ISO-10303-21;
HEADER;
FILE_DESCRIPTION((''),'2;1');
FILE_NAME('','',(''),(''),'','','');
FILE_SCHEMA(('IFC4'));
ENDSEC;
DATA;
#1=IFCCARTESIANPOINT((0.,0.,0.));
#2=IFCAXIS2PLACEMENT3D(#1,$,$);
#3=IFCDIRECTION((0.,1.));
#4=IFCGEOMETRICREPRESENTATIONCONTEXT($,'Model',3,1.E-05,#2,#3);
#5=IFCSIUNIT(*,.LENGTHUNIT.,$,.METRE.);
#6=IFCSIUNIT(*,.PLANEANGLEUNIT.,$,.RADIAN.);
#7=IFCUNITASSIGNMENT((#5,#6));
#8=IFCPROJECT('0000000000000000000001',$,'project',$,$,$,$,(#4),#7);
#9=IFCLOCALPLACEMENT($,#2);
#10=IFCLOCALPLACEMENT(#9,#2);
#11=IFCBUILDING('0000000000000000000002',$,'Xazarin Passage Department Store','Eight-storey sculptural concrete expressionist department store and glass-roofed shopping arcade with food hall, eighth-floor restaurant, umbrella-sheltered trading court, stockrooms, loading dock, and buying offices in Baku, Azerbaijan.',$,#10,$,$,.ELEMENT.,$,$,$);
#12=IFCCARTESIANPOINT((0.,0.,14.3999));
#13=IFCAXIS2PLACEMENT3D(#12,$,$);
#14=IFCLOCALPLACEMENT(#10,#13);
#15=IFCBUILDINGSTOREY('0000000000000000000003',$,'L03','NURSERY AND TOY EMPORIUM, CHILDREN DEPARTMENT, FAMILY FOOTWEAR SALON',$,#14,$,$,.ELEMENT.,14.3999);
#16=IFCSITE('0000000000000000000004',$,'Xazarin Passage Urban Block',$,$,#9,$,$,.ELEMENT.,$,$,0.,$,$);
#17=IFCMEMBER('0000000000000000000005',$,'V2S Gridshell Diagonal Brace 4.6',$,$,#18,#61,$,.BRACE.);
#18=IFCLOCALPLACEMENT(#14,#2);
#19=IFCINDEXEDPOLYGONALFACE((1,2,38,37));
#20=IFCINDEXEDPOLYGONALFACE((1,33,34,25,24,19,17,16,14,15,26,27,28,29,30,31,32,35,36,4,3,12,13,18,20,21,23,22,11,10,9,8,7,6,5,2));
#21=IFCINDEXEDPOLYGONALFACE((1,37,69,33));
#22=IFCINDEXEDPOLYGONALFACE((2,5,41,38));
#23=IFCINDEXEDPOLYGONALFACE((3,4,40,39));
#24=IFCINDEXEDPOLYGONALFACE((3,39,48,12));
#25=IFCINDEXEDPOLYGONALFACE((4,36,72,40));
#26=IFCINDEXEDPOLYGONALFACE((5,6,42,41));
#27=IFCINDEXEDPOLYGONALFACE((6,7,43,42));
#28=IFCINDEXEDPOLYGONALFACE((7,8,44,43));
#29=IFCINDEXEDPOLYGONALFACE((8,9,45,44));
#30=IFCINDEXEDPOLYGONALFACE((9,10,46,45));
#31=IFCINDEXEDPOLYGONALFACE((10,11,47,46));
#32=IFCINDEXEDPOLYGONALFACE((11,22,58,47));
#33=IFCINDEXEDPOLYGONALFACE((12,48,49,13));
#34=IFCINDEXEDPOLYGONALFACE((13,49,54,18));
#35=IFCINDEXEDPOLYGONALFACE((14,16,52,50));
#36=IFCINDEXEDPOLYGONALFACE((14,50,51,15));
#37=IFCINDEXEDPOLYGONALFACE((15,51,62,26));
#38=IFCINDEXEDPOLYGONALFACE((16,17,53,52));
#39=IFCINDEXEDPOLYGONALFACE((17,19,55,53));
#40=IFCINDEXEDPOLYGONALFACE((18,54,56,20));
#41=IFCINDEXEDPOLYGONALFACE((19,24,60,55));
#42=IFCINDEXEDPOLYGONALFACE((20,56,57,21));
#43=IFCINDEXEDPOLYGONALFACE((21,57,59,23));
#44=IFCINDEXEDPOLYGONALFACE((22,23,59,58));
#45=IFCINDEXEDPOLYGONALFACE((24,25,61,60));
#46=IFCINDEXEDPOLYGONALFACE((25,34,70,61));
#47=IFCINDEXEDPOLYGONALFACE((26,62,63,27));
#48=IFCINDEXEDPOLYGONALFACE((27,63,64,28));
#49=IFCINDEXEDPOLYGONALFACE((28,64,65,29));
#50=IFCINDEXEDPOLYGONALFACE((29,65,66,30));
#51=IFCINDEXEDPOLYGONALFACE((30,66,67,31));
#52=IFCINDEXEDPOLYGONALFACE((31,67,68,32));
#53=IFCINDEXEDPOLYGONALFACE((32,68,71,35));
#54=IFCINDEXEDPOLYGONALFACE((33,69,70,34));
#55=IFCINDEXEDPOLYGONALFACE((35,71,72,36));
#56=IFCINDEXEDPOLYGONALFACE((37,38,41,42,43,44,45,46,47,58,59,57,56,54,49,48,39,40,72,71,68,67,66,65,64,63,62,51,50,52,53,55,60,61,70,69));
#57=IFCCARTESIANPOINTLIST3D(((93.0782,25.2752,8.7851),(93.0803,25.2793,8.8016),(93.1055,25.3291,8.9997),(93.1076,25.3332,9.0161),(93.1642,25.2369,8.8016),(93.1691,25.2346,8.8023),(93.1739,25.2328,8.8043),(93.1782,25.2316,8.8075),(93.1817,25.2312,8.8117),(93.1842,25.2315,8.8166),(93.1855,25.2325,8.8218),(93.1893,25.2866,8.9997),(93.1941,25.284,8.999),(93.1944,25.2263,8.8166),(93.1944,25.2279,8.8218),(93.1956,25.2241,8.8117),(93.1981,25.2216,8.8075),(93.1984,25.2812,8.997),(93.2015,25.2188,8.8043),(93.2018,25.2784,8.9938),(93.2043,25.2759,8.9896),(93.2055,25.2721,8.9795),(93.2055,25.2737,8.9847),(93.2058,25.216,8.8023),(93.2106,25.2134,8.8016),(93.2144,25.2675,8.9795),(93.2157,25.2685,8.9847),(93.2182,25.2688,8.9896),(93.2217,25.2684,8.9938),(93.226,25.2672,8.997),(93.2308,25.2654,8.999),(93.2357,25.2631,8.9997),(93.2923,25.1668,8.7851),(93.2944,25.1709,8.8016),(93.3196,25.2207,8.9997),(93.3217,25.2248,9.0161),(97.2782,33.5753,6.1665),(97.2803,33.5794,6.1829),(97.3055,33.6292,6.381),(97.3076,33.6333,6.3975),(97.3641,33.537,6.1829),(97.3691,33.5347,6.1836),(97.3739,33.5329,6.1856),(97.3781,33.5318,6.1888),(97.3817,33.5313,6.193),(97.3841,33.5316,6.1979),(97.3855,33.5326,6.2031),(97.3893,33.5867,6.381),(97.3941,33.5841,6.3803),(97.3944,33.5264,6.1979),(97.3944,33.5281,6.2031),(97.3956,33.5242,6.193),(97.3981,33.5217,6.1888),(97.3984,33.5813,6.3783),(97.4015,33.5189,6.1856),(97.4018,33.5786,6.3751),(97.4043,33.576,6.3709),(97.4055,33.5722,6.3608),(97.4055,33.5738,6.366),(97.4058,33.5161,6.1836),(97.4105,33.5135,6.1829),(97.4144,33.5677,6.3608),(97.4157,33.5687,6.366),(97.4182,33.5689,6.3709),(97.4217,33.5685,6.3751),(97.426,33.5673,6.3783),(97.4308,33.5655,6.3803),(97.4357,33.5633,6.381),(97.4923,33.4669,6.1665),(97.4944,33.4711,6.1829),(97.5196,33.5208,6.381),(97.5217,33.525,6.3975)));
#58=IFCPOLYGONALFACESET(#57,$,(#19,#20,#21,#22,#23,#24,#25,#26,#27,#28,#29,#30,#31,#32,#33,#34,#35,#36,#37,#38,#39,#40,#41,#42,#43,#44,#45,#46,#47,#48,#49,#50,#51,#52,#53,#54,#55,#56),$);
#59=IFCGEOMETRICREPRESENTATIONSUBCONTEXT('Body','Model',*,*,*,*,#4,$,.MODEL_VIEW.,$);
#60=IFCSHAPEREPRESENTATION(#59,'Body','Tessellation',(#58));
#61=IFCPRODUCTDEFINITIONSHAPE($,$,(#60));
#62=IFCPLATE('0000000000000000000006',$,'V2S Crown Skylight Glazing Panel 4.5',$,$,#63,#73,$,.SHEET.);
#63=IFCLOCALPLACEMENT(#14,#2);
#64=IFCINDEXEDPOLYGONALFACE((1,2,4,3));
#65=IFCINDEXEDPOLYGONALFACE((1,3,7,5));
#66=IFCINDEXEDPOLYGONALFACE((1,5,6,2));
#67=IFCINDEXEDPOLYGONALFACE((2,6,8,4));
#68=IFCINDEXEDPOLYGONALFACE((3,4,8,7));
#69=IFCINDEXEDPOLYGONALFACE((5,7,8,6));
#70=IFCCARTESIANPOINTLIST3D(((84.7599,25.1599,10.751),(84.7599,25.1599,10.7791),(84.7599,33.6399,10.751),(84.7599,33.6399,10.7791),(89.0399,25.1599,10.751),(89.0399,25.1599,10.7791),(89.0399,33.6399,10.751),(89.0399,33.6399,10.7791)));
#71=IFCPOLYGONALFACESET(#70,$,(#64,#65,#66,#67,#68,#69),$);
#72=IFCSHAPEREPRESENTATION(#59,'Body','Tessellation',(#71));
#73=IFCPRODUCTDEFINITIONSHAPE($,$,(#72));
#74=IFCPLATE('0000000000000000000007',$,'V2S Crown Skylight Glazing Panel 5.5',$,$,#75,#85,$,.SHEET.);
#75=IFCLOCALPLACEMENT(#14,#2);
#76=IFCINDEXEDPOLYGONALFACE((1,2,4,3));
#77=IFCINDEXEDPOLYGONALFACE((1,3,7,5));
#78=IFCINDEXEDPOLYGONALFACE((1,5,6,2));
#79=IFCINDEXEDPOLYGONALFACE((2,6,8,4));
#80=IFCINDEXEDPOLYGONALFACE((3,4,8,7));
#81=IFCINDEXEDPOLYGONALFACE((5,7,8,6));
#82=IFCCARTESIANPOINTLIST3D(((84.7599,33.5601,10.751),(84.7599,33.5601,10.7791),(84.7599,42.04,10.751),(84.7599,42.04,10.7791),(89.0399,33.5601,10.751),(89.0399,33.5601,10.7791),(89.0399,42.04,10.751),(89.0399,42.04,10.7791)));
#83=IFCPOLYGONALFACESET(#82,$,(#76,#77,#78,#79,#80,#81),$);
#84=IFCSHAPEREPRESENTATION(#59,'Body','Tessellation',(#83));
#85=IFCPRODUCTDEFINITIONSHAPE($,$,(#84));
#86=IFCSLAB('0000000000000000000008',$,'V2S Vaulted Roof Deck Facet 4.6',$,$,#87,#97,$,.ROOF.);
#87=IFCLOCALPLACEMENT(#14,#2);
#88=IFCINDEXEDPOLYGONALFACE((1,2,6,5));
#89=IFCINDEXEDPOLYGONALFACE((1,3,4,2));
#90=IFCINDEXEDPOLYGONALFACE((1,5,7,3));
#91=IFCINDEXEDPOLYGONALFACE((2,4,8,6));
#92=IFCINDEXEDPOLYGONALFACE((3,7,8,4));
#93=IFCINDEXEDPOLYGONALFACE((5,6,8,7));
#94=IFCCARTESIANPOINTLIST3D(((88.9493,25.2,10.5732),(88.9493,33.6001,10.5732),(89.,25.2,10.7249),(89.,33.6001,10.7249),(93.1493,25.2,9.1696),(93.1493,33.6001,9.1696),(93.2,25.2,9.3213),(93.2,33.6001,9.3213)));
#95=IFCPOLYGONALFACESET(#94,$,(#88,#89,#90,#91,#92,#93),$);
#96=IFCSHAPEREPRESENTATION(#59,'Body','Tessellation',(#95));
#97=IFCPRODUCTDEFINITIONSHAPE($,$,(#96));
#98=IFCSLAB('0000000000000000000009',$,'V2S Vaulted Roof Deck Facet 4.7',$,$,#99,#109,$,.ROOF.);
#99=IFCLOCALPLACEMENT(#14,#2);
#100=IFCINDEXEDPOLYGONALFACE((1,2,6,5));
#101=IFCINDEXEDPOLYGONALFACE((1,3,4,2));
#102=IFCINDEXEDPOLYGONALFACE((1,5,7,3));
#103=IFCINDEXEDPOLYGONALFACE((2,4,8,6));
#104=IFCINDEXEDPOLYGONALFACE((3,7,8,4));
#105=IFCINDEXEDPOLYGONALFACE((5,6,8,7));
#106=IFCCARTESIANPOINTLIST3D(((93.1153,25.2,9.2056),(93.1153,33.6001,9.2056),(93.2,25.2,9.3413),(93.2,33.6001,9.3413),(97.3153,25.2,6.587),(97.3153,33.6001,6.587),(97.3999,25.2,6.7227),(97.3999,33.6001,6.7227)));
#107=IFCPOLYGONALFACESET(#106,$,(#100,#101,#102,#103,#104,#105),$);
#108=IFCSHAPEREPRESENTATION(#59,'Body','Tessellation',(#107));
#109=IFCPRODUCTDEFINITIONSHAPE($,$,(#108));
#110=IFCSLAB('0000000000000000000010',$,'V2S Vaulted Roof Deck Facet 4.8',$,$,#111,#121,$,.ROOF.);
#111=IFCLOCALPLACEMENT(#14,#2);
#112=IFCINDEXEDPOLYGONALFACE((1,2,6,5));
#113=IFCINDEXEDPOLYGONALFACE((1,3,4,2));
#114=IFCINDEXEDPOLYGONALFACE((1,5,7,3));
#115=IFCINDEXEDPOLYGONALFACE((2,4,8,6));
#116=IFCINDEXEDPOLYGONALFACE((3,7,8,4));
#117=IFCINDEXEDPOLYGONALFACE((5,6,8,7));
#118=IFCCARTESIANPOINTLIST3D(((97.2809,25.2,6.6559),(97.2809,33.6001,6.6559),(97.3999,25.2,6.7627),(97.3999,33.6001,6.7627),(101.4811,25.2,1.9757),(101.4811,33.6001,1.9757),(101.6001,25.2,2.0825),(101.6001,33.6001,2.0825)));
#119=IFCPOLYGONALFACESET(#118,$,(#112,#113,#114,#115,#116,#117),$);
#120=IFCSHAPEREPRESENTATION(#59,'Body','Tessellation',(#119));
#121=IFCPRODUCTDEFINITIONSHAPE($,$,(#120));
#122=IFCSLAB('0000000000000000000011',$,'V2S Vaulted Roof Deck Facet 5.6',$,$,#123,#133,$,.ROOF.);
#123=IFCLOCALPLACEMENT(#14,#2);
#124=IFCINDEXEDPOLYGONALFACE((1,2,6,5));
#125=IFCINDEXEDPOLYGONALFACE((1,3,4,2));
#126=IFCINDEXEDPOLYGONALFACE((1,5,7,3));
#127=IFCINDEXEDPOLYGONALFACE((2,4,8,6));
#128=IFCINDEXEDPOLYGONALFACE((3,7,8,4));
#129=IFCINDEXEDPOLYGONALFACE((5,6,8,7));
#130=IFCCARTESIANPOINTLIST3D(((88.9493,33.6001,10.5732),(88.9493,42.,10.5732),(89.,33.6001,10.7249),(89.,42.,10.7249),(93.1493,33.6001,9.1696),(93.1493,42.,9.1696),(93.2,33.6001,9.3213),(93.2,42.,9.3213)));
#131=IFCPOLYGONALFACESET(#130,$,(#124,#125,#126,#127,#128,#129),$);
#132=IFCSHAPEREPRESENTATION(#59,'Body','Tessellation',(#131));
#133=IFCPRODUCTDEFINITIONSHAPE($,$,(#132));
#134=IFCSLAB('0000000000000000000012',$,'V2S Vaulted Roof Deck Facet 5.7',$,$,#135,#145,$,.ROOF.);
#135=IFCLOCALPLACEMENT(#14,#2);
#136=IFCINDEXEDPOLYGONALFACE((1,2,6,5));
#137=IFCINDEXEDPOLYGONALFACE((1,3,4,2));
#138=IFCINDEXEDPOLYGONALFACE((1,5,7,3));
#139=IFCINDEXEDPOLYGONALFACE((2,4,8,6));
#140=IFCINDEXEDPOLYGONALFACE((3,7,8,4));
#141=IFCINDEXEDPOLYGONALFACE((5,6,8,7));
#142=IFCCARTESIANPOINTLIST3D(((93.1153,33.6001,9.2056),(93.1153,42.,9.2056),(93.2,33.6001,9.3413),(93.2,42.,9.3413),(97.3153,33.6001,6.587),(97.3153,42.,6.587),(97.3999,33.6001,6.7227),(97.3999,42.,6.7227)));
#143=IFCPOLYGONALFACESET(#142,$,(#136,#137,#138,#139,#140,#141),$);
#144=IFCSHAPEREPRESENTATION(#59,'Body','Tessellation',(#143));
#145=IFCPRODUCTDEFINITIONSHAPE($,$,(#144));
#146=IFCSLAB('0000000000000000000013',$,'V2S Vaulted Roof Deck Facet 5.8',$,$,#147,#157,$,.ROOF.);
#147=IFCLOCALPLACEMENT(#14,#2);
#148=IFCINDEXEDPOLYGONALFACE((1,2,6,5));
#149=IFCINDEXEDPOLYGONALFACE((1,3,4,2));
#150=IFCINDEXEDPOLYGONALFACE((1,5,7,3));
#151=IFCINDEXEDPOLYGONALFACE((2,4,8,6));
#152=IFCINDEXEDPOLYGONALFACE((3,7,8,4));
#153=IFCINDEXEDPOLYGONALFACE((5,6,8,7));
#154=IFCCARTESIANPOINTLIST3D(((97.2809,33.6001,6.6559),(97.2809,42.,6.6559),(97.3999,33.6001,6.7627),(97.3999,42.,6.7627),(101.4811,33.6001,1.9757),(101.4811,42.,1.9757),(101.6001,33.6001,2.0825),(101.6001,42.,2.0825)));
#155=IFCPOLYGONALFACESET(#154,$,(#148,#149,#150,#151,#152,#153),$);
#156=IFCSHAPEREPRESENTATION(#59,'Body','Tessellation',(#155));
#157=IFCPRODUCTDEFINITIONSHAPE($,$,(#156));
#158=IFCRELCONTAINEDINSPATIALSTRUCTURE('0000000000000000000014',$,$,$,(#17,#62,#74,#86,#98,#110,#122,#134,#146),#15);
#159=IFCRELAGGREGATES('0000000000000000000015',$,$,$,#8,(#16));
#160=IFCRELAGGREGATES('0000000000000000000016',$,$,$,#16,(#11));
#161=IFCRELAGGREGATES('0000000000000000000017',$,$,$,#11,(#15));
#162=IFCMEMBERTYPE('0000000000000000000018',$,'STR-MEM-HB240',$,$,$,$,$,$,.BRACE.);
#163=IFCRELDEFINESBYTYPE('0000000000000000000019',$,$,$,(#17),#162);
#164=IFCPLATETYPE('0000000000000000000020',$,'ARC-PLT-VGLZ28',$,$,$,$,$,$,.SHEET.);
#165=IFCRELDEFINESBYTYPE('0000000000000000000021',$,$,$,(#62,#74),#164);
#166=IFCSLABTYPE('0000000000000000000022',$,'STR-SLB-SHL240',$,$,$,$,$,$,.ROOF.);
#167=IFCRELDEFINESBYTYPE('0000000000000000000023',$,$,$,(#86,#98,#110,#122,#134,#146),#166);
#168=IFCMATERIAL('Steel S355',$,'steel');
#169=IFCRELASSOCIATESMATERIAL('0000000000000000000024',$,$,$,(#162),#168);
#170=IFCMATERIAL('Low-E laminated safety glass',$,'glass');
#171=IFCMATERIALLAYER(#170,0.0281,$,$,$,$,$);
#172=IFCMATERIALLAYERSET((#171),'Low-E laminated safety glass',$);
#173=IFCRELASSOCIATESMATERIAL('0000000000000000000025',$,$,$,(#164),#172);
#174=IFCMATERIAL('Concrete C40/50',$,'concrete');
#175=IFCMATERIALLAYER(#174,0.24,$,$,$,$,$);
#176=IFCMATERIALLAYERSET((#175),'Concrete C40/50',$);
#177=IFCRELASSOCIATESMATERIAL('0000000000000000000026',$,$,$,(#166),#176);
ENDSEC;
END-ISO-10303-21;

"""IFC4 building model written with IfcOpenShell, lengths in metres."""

from ifc_helpers import new_model, si_unit, direction, frame, origin, origin_2d, place, context, subcontext, project, spatial, polyline, rectangle, i_section, outline, extrude, material, layer, layer_set, material_profile, profile_set, type_object, element, save


model = new_model("IFC4")

# Units and contexts
model_context = context("Model", 3, precision=1e-05, world=origin(), true_north=direction((0.0, 1.0)))
body_context = subcontext(model_context, "Body", "Model", "MODEL_VIEW")
ifc_project = project(units=[si_unit("LENGTHUNIT", "METRE"), si_unit("PLANEANGLEUNIT", "RADIAN")], contexts=[model_context])

# Site, building, storey
site_placement = place(None, origin())
site = spatial("IfcSite", under=ifc_project, at=site_placement, Name="Xazarin Passage Urban Block", CompositionType="ELEMENT", RefElevation=0.0)
building_placement = place(site_placement, origin())
building = spatial("IfcBuilding", under=site, at=building_placement, Name="Xazarin Passage Department Store", Description="Eight-storey sculptural concrete expressionist department store and glass-roofed shopping arcade with food hall, eighth-floor restaurant, umbrella-sheltered trading court, stockrooms, loading dock, and buying offices in Baku, Azerbaijan.", CompositionType="ELEMENT")
storey_placement = place(building_placement, frame((0.0, 0.0, 14.3999)))
storey = spatial("IfcBuildingStorey", under=building, at=storey_placement, Name="L03", Description="NURSERY AND TOY EMPORIUM, CHILDREN DEPARTMENT, FAMILY FOOTWEAR SALON", CompositionType="ELEMENT", Elevation=14.3999)

# Shared definitions
ifc_material_1 = material(Name="Steel S355", Category="steel")

# Member
ifc_material_profile_1 = material_profile(ifc_material_1, i_section(OverallWidth=0.24, OverallDepth=0.24, WebThickness=0.01, FlangeThickness=0.0171, FilletRadius=0.021, at=origin_2d()), Name="HEB 240")
ifc_profile_set_1 = profile_set([ifc_material_profile_1], Name="Steel S355")
member_type_1 = type_object("IfcMemberType", Name="STR-MEM-HB240", PredefinedType="BRACE", material=ifc_profile_set_1)
member_placement = place(storey_placement, frame((93.2, 25.25, 8.9006), z_axis=(0.43461, 0.858886, -0.270977), x_axis=(-0.89227, 0.451502, 0.0)))
element("IfcMember", 1, at=member_placement, inside=storey, type_object=member_type_1, Name="V2S Gridshell Diagonal Brace 4.6", PredefinedType="BRACE", context=body_context, shape_type="SweptSolid", body=[
    extrude(i_section(OverallWidth=0.24, OverallDepth=0.24, WebThickness=0.01, FlangeThickness=0.0171, FilletRadius=0.021, at=origin_2d()), origin(), (0.0, 0.0, 1.0), 9.6638),
])

# Plates
ifc_material_2 = material(Name="Low-E laminated safety glass", Category="glass")
ifc_layer_1 = layer(ifc_material_2, 0.0281)
ifc_layer_set_1 = layer_set([ifc_layer_1], Name="Low-E laminated safety glass")
plate_type = type_object("IfcPlateType", Name="ARC-PLT-VGLZ28", PredefinedType="SHEET", material=ifc_layer_set_1)
for number, where, z_axis, x_axis, name in (
    (2, (86.8999, 29.3999, 10.751), (0.0, 0.0, 1.0), (1.0, 0.0, 0.0), "V2S Crown Skylight Glazing Panel 4.5"),
    (3, (86.8999, 37.8, 10.751), (0.0, 0.0, 1.0), (1.0, 0.0, 0.0), "V2S Crown Skylight Glazing Panel 5.5"),
):
    element("IfcPlate", number, at=place(storey_placement, frame(where, z_axis=z_axis, x_axis=x_axis)), inside=storey, type_object=plate_type, Name=name, PredefinedType="SHEET", context=body_context, shape_type="SweptSolid", body=[
        extrude(rectangle(XDim=4.28, YDim=8.48, at=origin_2d()), origin(), (0.0, 0.0, 1.0), 0.0281),
    ])

# Slabs
ifc_material_3 = material(Name="Concrete C40/50", Category="concrete")
ifc_layer_2 = layer(ifc_material_3, 0.24)
ifc_layer_set_2 = layer_set([ifc_layer_2], Name="Concrete C40/50")
slab_type = type_object("IfcSlabType", Name="STR-SLB-SHL240", PredefinedType="ROOF", material=ifc_layer_set_2)
slab_1_placement = place(storey_placement, frame((89.0, 25.2, 10.7249), z_axis=(0.316955, 0.0, 0.94844), x_axis=(0.94844, 0.0, -0.316955)))
element("IfcSlab", 4, at=slab_1_placement, inside=storey, type_object=slab_type, Name="V2S Vaulted Roof Deck Facet 4.6", PredefinedType="ROOF", context=body_context, shape_type="SweptSolid", body=[
    extrude(outline(polyline([(0.0, 0.0), (4.4283, 0.0), (4.4283, 8.4001), (0.0, 8.4001), (0.0, 0.0)])), origin(), (0.0, 0.0, -1.0), 0.1599),
])
slab_2_placement = place(storey_placement, frame((93.2, 25.2, 9.3413), z_axis=(0.529081, 0.0, 0.848571), x_axis=(0.848571, 0.0, -0.529081)))
element("IfcSlab", 5, at=slab_2_placement, inside=storey, type_object=slab_type, Name="V2S Vaulted Roof Deck Facet 4.7", PredefinedType="ROOF", context=body_context, shape_type="SweptSolid", body=[
    extrude(outline(polyline([(0.0, 0.0), (4.9494, 0.0), (4.9494, 8.4001), (0.0, 8.4001), (0.0, 0.0)])), origin(), (0.0, 0.0, -1.0), 0.1599),
])
slab_3_placement = place(storey_placement, frame((97.3999, 25.2, 6.7627), z_axis=(0.744239, 0.0, 0.667913), x_axis=(0.667913, 0.0, -0.744239)))
element("IfcSlab", 6, at=slab_3_placement, inside=storey, type_object=slab_type, Name="V2S Vaulted Roof Deck Facet 4.8", PredefinedType="ROOF", context=body_context, shape_type="SweptSolid", body=[
    extrude(outline(polyline([(0.0, 0.0), (6.2885, 0.0), (6.2885, 8.4001), (0.0, 8.4001), (0.0, 0.0)])), origin(), (0.0, 0.0, -1.0), 0.1599),
])
slab_4_placement = place(storey_placement, frame((89.0, 33.6001, 10.7249), z_axis=(0.316955, 0.0, 0.94844), x_axis=(0.94844, 0.0, -0.316955)))
element("IfcSlab", 7, at=slab_4_placement, inside=storey, type_object=slab_type, Name="V2S Vaulted Roof Deck Facet 5.6", PredefinedType="ROOF", context=body_context, shape_type="SweptSolid", body=[
    extrude(outline(polyline([(0.0, 0.0), (4.4283, 0.0), (4.4283, 8.3999), (0.0, 8.3999), (0.0, 0.0)])), origin(), (0.0, 0.0, -1.0), 0.1599),
])
slab_5_placement = place(storey_placement, frame((93.2, 33.6001, 9.3413), z_axis=(0.529081, 0.0, 0.848571), x_axis=(0.848571, 0.0, -0.529081)))
element("IfcSlab", 8, at=slab_5_placement, inside=storey, type_object=slab_type, Name="V2S Vaulted Roof Deck Facet 5.7", PredefinedType="ROOF", context=body_context, shape_type="SweptSolid", body=[
    extrude(outline(polyline([(0.0, 0.0), (4.9494, 0.0), (4.9494, 8.3999), (0.0, 8.3999), (0.0, 0.0)])), origin(), (0.0, 0.0, -1.0), 0.1599),
])
slab_6_placement = place(storey_placement, frame((97.3999, 33.6001, 6.7627), z_axis=(0.744239, 0.0, 0.667913), x_axis=(0.667913, 0.0, -0.744239)))
element("IfcSlab", 9, at=slab_6_placement, inside=storey, type_object=slab_type, Name="V2S Vaulted Roof Deck Facet 5.8", PredefinedType="ROOF", context=body_context, shape_type="SweptSolid", body=[
    extrude(outline(polyline([(0.0, 0.0), (6.2885, 0.0), (6.2885, 8.3999), (0.0, 8.3999), (0.0, 0.0)])), origin(), (0.0, 0.0, -1.0), 0.1599),
])

save(model, "model.ifc")
